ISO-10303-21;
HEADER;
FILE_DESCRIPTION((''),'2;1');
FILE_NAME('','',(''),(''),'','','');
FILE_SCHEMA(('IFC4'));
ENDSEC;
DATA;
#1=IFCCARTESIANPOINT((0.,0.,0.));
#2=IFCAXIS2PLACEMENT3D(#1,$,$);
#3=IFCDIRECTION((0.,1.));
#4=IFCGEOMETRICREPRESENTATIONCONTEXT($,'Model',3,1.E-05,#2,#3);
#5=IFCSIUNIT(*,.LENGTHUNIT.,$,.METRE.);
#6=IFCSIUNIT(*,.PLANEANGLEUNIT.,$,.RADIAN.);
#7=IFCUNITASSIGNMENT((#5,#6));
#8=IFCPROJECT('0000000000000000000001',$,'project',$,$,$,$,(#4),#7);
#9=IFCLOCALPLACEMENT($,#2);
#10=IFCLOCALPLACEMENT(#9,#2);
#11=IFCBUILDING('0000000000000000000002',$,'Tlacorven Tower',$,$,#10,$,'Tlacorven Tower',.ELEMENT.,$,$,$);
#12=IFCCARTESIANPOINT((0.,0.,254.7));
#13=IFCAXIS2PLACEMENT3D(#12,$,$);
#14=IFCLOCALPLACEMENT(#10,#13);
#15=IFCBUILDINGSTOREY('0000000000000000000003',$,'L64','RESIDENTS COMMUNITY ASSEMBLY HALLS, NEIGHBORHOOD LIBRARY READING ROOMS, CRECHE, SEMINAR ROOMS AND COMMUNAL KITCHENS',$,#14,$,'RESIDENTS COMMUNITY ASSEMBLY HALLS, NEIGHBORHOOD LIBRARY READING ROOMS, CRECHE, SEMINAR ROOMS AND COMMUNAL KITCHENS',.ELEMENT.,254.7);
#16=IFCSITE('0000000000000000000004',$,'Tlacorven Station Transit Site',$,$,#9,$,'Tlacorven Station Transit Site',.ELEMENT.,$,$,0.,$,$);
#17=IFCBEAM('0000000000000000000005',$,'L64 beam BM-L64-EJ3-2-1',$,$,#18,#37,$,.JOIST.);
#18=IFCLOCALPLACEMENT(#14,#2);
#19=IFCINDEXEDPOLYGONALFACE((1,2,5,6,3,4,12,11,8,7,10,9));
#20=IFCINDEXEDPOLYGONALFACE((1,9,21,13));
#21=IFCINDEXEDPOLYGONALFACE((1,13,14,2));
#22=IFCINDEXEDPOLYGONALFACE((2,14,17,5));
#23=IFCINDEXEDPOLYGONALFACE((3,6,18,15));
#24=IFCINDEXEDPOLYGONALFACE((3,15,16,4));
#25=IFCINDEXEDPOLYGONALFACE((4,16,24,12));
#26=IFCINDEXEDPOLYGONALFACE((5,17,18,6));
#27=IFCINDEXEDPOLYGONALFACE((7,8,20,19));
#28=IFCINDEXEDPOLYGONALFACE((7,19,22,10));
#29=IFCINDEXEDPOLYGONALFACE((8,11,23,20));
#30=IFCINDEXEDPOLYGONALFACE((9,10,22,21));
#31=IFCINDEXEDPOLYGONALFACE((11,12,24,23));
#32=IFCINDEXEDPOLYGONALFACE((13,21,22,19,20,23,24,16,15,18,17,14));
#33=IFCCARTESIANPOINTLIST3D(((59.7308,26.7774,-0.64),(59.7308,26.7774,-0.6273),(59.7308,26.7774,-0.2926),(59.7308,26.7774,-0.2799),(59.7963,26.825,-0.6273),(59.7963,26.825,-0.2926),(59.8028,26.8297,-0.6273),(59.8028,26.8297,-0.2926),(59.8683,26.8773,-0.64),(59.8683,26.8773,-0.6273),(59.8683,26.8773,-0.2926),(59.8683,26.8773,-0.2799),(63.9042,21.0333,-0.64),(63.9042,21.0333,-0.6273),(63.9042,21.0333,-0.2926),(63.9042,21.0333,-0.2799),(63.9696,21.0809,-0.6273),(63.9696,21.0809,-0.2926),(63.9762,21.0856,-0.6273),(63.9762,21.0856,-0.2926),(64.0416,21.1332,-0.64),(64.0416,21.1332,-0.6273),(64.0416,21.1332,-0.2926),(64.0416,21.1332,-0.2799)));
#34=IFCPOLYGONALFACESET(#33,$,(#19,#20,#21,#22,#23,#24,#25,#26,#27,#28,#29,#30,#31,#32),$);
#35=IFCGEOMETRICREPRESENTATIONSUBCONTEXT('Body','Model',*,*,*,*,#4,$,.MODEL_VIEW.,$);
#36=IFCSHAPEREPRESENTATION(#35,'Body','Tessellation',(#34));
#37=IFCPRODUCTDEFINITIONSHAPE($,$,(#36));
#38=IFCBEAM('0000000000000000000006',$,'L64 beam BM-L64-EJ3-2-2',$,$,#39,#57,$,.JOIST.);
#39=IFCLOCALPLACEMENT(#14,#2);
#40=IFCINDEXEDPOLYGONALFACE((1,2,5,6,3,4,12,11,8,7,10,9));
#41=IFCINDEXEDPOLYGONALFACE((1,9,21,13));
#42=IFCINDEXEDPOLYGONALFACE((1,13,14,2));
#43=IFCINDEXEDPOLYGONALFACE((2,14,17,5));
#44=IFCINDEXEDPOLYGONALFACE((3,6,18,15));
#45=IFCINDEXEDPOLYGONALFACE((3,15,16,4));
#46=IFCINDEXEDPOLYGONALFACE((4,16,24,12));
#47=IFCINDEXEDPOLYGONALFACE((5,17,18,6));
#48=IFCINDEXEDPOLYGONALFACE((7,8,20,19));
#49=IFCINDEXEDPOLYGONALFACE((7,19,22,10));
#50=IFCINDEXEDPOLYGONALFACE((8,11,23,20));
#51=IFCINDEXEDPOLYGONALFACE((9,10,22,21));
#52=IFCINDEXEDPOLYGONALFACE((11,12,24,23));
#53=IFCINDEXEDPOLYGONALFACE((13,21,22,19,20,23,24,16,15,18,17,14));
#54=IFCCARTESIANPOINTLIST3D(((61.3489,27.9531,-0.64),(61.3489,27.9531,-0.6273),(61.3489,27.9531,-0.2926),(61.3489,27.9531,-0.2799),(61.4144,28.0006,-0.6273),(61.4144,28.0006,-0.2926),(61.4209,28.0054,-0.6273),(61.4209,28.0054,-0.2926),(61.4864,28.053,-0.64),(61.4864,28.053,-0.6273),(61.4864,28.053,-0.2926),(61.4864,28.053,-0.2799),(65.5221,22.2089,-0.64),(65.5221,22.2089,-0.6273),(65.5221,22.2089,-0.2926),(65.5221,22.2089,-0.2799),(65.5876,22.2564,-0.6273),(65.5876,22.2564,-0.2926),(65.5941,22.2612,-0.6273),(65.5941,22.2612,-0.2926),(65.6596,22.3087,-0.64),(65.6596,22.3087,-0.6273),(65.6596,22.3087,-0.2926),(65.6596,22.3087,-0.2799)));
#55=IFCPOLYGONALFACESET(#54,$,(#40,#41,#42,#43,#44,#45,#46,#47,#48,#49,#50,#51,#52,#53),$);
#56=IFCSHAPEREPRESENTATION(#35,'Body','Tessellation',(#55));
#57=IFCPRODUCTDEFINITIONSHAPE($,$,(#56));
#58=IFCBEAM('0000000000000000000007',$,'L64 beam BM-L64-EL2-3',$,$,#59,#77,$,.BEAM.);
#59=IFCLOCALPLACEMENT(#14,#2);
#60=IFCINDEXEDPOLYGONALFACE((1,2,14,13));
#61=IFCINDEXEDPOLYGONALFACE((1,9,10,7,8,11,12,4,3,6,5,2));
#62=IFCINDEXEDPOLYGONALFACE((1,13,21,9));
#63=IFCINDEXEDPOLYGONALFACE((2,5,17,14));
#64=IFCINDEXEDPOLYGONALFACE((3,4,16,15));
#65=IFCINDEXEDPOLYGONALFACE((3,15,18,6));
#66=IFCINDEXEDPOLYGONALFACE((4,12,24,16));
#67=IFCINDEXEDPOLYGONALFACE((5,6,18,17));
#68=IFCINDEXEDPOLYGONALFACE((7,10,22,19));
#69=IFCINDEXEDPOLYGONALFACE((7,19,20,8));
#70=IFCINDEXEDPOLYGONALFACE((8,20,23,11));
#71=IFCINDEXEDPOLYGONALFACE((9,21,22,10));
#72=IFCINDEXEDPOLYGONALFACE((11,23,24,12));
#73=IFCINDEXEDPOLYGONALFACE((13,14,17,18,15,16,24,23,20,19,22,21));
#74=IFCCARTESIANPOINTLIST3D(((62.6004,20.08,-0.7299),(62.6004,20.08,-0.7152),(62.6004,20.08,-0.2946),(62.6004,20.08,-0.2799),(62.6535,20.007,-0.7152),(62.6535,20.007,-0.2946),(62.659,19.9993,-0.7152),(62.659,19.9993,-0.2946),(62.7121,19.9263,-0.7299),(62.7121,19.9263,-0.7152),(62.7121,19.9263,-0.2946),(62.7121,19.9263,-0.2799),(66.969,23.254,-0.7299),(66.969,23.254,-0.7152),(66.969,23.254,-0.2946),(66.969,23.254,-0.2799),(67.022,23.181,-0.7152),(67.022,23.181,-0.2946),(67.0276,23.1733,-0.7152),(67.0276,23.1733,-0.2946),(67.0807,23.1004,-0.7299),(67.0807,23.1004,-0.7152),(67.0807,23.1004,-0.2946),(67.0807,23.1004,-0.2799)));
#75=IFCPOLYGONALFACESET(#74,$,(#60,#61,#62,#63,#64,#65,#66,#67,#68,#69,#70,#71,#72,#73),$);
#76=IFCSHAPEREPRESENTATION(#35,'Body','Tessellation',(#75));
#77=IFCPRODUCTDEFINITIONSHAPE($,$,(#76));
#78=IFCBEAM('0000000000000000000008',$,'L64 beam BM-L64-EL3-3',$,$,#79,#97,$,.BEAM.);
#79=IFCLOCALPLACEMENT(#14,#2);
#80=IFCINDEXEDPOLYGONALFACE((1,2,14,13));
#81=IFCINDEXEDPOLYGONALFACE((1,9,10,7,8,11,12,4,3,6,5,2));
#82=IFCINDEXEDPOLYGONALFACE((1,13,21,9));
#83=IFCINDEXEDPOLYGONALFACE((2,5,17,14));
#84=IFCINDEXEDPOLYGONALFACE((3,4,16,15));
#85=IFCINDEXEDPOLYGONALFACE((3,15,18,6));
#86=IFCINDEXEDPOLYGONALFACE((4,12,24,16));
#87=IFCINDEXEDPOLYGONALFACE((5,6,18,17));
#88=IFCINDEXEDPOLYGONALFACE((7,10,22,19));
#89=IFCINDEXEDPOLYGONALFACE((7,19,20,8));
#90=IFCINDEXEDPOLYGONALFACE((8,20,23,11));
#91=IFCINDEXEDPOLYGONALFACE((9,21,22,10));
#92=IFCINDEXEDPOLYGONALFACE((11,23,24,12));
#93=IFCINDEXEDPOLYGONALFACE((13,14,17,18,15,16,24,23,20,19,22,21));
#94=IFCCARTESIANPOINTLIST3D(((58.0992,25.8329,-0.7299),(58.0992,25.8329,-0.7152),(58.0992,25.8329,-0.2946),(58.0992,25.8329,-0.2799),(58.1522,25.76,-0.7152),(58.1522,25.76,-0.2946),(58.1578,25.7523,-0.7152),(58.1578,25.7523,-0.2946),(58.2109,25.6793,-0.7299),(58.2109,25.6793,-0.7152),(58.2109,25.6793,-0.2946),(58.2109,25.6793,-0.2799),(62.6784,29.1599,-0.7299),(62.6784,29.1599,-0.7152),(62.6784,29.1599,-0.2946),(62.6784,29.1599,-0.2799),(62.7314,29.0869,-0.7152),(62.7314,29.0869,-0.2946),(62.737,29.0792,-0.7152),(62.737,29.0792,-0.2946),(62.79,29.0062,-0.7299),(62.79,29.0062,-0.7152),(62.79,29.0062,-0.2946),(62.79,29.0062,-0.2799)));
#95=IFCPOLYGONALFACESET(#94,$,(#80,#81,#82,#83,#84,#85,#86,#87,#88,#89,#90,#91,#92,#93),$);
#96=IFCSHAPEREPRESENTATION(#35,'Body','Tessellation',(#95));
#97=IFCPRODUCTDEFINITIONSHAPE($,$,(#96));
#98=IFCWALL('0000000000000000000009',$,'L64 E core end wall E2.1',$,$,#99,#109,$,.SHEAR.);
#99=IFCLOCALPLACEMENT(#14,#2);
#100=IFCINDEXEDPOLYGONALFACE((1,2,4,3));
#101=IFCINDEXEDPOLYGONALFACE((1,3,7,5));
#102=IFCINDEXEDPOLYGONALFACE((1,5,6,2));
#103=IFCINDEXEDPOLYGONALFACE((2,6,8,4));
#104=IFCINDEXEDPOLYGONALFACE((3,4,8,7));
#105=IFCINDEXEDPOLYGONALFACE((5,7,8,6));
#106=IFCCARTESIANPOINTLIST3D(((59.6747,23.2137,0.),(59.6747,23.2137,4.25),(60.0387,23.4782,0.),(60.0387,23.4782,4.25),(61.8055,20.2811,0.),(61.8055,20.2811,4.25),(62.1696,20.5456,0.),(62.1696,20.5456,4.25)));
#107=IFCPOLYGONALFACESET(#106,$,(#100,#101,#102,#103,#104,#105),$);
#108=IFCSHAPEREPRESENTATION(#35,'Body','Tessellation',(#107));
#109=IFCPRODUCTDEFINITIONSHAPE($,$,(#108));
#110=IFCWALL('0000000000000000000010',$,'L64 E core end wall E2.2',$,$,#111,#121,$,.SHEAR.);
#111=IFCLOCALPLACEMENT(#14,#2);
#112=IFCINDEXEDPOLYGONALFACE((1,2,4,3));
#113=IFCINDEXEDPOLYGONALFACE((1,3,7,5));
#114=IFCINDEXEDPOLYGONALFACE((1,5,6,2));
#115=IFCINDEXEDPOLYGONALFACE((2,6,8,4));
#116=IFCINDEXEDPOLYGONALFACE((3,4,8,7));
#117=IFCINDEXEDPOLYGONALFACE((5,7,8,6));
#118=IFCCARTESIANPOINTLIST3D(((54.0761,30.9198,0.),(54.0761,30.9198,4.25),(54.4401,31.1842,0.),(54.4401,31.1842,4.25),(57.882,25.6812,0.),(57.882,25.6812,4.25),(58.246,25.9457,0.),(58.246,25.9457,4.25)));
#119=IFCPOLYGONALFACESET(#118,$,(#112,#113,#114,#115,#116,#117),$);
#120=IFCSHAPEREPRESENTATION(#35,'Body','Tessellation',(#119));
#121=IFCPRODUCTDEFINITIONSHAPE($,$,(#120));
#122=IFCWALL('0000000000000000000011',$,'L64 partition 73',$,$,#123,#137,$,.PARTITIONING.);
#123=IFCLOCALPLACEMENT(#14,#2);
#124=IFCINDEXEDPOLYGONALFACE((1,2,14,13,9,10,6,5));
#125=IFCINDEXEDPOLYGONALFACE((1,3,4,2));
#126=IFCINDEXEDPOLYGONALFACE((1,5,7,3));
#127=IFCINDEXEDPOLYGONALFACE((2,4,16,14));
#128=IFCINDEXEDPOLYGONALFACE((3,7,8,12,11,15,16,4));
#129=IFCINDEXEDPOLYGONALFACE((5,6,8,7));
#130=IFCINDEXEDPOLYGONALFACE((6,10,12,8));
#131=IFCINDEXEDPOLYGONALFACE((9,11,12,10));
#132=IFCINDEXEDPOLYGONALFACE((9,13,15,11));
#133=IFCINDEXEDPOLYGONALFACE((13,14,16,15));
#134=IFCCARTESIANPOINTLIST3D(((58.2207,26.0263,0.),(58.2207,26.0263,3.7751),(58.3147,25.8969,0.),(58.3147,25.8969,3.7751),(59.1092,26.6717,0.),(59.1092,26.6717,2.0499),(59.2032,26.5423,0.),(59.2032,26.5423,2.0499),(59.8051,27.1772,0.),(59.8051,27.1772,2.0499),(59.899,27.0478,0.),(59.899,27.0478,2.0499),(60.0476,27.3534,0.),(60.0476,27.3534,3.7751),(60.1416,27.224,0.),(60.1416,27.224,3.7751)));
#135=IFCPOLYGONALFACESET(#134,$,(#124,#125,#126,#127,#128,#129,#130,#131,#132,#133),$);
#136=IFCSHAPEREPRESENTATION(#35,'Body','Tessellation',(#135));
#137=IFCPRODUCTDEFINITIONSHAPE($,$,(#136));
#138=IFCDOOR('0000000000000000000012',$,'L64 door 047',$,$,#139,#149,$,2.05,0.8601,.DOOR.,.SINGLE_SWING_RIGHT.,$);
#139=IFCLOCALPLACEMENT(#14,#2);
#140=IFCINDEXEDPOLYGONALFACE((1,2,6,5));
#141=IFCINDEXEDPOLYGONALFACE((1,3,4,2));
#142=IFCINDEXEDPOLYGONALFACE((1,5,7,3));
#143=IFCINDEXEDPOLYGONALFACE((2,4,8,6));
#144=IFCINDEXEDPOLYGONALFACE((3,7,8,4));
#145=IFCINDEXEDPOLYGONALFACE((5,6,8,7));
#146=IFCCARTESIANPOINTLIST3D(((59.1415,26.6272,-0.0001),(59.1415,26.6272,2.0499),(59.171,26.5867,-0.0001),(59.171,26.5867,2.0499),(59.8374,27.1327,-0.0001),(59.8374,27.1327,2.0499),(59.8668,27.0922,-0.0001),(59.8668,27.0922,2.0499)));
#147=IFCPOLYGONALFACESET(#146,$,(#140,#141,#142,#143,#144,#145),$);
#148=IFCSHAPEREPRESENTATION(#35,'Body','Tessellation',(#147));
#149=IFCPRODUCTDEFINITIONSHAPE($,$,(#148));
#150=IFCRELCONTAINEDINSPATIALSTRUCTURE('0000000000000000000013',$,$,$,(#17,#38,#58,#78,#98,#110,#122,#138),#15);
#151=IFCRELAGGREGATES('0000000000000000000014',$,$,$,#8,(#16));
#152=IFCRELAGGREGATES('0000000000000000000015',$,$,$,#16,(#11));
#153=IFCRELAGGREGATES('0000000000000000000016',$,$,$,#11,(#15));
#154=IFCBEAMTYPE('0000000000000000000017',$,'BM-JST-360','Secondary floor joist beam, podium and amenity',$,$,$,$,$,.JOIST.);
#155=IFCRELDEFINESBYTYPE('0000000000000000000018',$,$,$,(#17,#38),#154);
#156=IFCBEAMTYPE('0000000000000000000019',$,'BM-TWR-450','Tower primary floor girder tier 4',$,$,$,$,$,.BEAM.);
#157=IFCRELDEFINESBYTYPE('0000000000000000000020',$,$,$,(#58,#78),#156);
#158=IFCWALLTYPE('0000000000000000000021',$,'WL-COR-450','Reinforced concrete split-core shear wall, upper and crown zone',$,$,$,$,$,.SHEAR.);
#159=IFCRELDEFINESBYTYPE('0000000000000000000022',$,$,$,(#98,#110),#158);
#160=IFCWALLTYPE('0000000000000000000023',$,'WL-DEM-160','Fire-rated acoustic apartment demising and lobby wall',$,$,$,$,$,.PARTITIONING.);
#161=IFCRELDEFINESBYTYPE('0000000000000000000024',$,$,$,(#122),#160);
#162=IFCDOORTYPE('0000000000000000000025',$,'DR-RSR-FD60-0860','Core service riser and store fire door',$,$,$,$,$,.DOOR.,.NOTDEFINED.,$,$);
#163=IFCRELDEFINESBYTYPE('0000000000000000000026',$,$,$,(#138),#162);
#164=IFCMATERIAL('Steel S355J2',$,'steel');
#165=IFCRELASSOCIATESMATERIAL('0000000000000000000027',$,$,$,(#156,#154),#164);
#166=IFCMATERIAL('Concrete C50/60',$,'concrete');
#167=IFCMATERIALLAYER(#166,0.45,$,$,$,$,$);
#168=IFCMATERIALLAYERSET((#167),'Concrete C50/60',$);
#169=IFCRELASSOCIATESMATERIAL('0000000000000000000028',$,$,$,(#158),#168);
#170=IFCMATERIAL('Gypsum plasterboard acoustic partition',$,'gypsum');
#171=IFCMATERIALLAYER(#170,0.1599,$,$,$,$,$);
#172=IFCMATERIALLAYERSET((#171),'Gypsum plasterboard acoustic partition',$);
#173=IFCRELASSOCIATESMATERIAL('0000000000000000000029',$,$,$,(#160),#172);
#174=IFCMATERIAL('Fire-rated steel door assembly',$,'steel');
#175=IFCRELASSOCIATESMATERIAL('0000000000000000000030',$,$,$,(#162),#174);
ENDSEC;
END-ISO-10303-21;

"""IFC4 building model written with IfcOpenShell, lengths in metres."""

from ifc_helpers import new_model, si_unit, direction, frame, frame_2d, origin, origin_2d, place, context, subcontext, project, spatial, rectangle, i_section, extrude, source, transform, mapped, material, layer, layer_set, material_profile, profile_set, type_object, element, fill, save


model = new_model("IFC4")

# Units and contexts
model_context = context("Model", 3, precision=1e-05, world=origin(), true_north=direction((0.0, 1.0)))
body_context = subcontext(model_context, "Body", "Model", "MODEL_VIEW")
ifc_project = project(units=[si_unit("LENGTHUNIT", "METRE"), si_unit("PLANEANGLEUNIT", "RADIAN")], contexts=[model_context])

# Site, building, storey
site_placement = place(None, origin())
site = spatial("IfcSite", under=ifc_project, at=site_placement, Name="Tlacorven Station Transit Site", LongName="Tlacorven Station Transit Site", CompositionType="ELEMENT", RefElevation=0.0)
building_placement = place(site_placement, origin())
building = spatial("IfcBuilding", under=site, at=building_placement, Name="Tlacorven Tower", LongName="Tlacorven Tower", CompositionType="ELEMENT")
storey_placement = place(building_placement, frame((0.0, 0.0, 254.7)))
storey = spatial("IfcBuildingStorey", under=building, at=storey_placement, Name="L64", Description="RESIDENTS COMMUNITY ASSEMBLY HALLS, NEIGHBORHOOD LIBRARY READING ROOMS, CRECHE, SEMINAR ROOMS AND COMMUNAL KITCHENS", LongName="RESIDENTS COMMUNITY ASSEMBLY HALLS, NEIGHBORHOOD LIBRARY READING ROOMS, CRECHE, SEMINAR ROOMS AND COMMUNAL KITCHENS", CompositionType="ELEMENT", Elevation=254.7)

# Beams
ifc_material_1 = material(Name="Steel S355J2", Category="steel")
ifc_material_profile_1 = material_profile(ifc_material_1, i_section(OverallWidth=0.1899, OverallDepth=0.45, WebThickness=0.0095, FlangeThickness=0.0146, at=origin_2d()), Name="IPE 450")
ifc_profile_set_1 = profile_set([ifc_material_profile_1], Name="Steel S355J2")
beam_type_1 = type_object("IfcBeamType", Name="BM-TWR-450", Description="Tower primary floor girder tier 4", PredefinedType="BEAM", material=ifc_profile_set_1)
ifc_material_profile_2 = material_profile(ifc_material_1, i_section(OverallWidth=0.1699, OverallDepth=0.3601, WebThickness=0.0081, FlangeThickness=0.0127, at=origin_2d()), Name="IPE 360")
ifc_profile_set_2 = profile_set([ifc_material_profile_2], Name="Steel S355J2")
beam_type_2 = type_object("IfcBeamType", Name="BM-JST-360", Description="Secondary floor joist beam, podium and amenity", PredefinedType="JOIST", material=ifc_profile_set_2)
shared_shape_1 = source(origin(), body_context, "Body", "SweptSolid", [
    extrude(i_section(OverallWidth=0.1699, OverallDepth=0.3601, WebThickness=0.0081, FlangeThickness=0.0127, at=origin_2d()), origin(), (0.0, 0.0, 1.0), 7.1001),
])
for number, where, z_axis, x_axis, name in (
    (1, (63.9729, 21.0833, -0.46), (-0.587783, 0.809019, 0.0), (-0.809019, -0.587783, 0.0), "L64 beam BM-L64-EJ3-2-1"),
    (2, (65.5908, 22.2588, -0.46), (-0.587761, 0.809035, 0.0), (-0.809035, -0.587761, 0.0), "L64 beam BM-L64-EJ3-2-2"),
):
    element("IfcBeam", number, at=place(storey_placement, frame(where, z_axis=z_axis, x_axis=x_axis)), inside=storey, type_object=beam_type_2, Name=name, PredefinedType="JOIST", context=body_context, shape_type="MappedRepresentation", body=[
        mapped(shared_shape_1, transform((0.0, 0.0, 0.0), scale=1.0)),
    ])
shared_shape_2 = source(origin(), body_context, "Body", "SweptSolid", [
    extrude(i_section(OverallWidth=0.1899, OverallDepth=0.45, WebThickness=0.0095, FlangeThickness=0.0146, at=origin_2d()), origin(), (0.0, 0.0, 1.0), 5.3999),
])
beam_1_placement = place(storey_placement, frame((62.6562, 20.0032, -0.5049), z_axis=(0.809012, 0.587793, 0.0), x_axis=(-0.587793, 0.809012, 0.0)))
element("IfcBeam", 3, at=beam_1_placement, inside=storey, type_object=beam_type_1, Name="L64 beam BM-L64-EL2-3", PredefinedType="BEAM", context=body_context, shape_type="MappedRepresentation", body=[
    mapped(shared_shape_2, transform((0.0, 0.0, 0.0), scale=1.0)),
])
shared_shape_3 = source(origin(), body_context, "Body", "SweptSolid", [
    extrude(i_section(OverallWidth=0.1899, OverallDepth=0.45, WebThickness=0.0095, FlangeThickness=0.0146, at=origin_2d()), origin(), (0.0, 0.0, 1.0), 5.6602),
])
beam_2_placement = place(storey_placement, frame((58.155, 25.7561, -0.5049), z_axis=(0.809018, 0.587784, 0.0), x_axis=(-0.587784, 0.809018, 0.0)))
element("IfcBeam", 4, at=beam_2_placement, inside=storey, type_object=beam_type_1, Name="L64 beam BM-L64-EL3-3", PredefinedType="BEAM", context=body_context, shape_type="MappedRepresentation", body=[
    mapped(shared_shape_3, transform((0.0, 0.0, 0.0), scale=1.0)),
])

# Walls
ifc_material_2 = material(Name="Concrete C50/60", Category="concrete")
ifc_layer_1 = layer(ifc_material_2, 0.45)
ifc_layer_set_1 = layer_set([ifc_layer_1], Name="Concrete C50/60")
wall_type_1 = type_object("IfcWallType", Name="WL-COR-450", Description="Reinforced concrete split-core shear wall, upper and crown zone", PredefinedType="SHEAR", material=ifc_layer_set_1)
wall_1_placement = place(storey_placement, frame((61.9875, 20.4133, 0.0), z_axis=(0.0, 0.0, 1.0), x_axis=(-0.587819, 0.808992, 0.0)))
element("IfcWall", 5, at=wall_1_placement, inside=storey, type_object=wall_type_1, Name="L64 E core end wall E2.1", PredefinedType="SHEAR", context=body_context, shape_type="SweptSolid", body=[
    extrude(rectangle(XDim=3.625, YDim=0.45, at=frame_2d((1.8125, 0.0))), origin(), (0.0, 0.0, 1.0), 4.25),
])
wall_2_placement = place(storey_placement, frame((58.064, 25.8135, 0.0), z_axis=(0.0, 0.0, 1.0), x_axis=(-0.587775, 0.809025, 0.0)))
element("IfcWall", 6, at=wall_2_placement, inside=storey, type_object=wall_type_1, Name="L64 E core end wall E2.2", PredefinedType="SHEAR", context=body_context, shape_type="SweptSolid", body=[
    extrude(rectangle(XDim=6.4751, YDim=0.45, at=frame_2d((3.2375, 0.0))), origin(), (0.0, 0.0, 1.0), 4.25),
])

# Wall, opening, door
ifc_material_3 = material(Name="Gypsum plasterboard acoustic partition", Category="gypsum")
ifc_layer_2 = layer(ifc_material_3, 0.1599)
ifc_layer_set_2 = layer_set([ifc_layer_2], Name="Gypsum plasterboard acoustic partition")
wall_type_2 = type_object("IfcWallType", Name="WL-DEM-160", Description="Fire-rated acoustic apartment demising and lobby wall", PredefinedType="PARTITIONING", material=ifc_layer_set_2)
wall_3_placement = place(storey_placement, frame((58.2678, 25.9617, 0.0), z_axis=(0.0, 0.0, 1.0), x_axis=(0.809054, 0.587734, 0.0)))
wall_3 = element("IfcWall", 7, at=wall_3_placement, inside=storey, type_object=wall_type_2, Name="L64 partition 73", PredefinedType="PARTITIONING", context=body_context, shape_type="SweptSolid", body=[
    extrude(rectangle(XDim=2.2581, YDim=0.1599, at=frame_2d((1.1289, 0.0))), origin(), (0.0, 0.0, 1.0), 3.7751),
])
opening_1_placement = place(wall_3_placement, frame((1.0979, 0.0, 0.0)))
opening_1 = element("IfcOpeningElement", 8, at=opening_1_placement, cuts=wall_3, PredefinedType="OPENING", context=body_context, shape_type="SweptSolid", body=[
    extrude(rectangle(XDim=0.8601, YDim=2.05, at=frame_2d((0.4302, 1.0249))), frame((0.0, 0.0898, 0.0), z_axis=(0.0, -1.0, 0.0), x_axis=(1.0, 0.0, 0.0)), (0.0, 0.0, 1.0), 0.1799),
])
ifc_material_4 = material(Name="Fire-rated steel door assembly", Category="steel")
door_type_1 = type_object("IfcDoorType", Name="DR-RSR-FD60-0860", Description="Core service riser and store fire door", OperationType="NOTDEFINED", PredefinedType="DOOR", material=ifc_material_4)
shared_shape_4 = source(origin(), body_context, "Body", "SweptSolid", [
    extrude(rectangle(XDim=0.8601, YDim=2.05, at=frame_2d((0.4302, 1.0249))), frame((0.0, 0.0249, 0.0), z_axis=(0.0, -1.0, 0.0), x_axis=(1.0, 0.0, 0.0)), (0.0, 0.0, 1.0), 0.05),
])
door_1_placement = place(opening_1_placement, origin())
door_1 = element("IfcDoor", 9, at=door_1_placement, inside=storey, type_object=door_type_1, Name="L64 door 047", OperationType="SINGLE_SWING_RIGHT", OverallHeight=2.05, OverallWidth=0.8601, PredefinedType="DOOR", context=body_context, shape_type="MappedRepresentation", body=[
    mapped(shared_shape_4, transform((0.0, 0.0, 0.0), scale=1.0)),
])
fill(opening_1, door_1)

save(model, "model.ifc")
